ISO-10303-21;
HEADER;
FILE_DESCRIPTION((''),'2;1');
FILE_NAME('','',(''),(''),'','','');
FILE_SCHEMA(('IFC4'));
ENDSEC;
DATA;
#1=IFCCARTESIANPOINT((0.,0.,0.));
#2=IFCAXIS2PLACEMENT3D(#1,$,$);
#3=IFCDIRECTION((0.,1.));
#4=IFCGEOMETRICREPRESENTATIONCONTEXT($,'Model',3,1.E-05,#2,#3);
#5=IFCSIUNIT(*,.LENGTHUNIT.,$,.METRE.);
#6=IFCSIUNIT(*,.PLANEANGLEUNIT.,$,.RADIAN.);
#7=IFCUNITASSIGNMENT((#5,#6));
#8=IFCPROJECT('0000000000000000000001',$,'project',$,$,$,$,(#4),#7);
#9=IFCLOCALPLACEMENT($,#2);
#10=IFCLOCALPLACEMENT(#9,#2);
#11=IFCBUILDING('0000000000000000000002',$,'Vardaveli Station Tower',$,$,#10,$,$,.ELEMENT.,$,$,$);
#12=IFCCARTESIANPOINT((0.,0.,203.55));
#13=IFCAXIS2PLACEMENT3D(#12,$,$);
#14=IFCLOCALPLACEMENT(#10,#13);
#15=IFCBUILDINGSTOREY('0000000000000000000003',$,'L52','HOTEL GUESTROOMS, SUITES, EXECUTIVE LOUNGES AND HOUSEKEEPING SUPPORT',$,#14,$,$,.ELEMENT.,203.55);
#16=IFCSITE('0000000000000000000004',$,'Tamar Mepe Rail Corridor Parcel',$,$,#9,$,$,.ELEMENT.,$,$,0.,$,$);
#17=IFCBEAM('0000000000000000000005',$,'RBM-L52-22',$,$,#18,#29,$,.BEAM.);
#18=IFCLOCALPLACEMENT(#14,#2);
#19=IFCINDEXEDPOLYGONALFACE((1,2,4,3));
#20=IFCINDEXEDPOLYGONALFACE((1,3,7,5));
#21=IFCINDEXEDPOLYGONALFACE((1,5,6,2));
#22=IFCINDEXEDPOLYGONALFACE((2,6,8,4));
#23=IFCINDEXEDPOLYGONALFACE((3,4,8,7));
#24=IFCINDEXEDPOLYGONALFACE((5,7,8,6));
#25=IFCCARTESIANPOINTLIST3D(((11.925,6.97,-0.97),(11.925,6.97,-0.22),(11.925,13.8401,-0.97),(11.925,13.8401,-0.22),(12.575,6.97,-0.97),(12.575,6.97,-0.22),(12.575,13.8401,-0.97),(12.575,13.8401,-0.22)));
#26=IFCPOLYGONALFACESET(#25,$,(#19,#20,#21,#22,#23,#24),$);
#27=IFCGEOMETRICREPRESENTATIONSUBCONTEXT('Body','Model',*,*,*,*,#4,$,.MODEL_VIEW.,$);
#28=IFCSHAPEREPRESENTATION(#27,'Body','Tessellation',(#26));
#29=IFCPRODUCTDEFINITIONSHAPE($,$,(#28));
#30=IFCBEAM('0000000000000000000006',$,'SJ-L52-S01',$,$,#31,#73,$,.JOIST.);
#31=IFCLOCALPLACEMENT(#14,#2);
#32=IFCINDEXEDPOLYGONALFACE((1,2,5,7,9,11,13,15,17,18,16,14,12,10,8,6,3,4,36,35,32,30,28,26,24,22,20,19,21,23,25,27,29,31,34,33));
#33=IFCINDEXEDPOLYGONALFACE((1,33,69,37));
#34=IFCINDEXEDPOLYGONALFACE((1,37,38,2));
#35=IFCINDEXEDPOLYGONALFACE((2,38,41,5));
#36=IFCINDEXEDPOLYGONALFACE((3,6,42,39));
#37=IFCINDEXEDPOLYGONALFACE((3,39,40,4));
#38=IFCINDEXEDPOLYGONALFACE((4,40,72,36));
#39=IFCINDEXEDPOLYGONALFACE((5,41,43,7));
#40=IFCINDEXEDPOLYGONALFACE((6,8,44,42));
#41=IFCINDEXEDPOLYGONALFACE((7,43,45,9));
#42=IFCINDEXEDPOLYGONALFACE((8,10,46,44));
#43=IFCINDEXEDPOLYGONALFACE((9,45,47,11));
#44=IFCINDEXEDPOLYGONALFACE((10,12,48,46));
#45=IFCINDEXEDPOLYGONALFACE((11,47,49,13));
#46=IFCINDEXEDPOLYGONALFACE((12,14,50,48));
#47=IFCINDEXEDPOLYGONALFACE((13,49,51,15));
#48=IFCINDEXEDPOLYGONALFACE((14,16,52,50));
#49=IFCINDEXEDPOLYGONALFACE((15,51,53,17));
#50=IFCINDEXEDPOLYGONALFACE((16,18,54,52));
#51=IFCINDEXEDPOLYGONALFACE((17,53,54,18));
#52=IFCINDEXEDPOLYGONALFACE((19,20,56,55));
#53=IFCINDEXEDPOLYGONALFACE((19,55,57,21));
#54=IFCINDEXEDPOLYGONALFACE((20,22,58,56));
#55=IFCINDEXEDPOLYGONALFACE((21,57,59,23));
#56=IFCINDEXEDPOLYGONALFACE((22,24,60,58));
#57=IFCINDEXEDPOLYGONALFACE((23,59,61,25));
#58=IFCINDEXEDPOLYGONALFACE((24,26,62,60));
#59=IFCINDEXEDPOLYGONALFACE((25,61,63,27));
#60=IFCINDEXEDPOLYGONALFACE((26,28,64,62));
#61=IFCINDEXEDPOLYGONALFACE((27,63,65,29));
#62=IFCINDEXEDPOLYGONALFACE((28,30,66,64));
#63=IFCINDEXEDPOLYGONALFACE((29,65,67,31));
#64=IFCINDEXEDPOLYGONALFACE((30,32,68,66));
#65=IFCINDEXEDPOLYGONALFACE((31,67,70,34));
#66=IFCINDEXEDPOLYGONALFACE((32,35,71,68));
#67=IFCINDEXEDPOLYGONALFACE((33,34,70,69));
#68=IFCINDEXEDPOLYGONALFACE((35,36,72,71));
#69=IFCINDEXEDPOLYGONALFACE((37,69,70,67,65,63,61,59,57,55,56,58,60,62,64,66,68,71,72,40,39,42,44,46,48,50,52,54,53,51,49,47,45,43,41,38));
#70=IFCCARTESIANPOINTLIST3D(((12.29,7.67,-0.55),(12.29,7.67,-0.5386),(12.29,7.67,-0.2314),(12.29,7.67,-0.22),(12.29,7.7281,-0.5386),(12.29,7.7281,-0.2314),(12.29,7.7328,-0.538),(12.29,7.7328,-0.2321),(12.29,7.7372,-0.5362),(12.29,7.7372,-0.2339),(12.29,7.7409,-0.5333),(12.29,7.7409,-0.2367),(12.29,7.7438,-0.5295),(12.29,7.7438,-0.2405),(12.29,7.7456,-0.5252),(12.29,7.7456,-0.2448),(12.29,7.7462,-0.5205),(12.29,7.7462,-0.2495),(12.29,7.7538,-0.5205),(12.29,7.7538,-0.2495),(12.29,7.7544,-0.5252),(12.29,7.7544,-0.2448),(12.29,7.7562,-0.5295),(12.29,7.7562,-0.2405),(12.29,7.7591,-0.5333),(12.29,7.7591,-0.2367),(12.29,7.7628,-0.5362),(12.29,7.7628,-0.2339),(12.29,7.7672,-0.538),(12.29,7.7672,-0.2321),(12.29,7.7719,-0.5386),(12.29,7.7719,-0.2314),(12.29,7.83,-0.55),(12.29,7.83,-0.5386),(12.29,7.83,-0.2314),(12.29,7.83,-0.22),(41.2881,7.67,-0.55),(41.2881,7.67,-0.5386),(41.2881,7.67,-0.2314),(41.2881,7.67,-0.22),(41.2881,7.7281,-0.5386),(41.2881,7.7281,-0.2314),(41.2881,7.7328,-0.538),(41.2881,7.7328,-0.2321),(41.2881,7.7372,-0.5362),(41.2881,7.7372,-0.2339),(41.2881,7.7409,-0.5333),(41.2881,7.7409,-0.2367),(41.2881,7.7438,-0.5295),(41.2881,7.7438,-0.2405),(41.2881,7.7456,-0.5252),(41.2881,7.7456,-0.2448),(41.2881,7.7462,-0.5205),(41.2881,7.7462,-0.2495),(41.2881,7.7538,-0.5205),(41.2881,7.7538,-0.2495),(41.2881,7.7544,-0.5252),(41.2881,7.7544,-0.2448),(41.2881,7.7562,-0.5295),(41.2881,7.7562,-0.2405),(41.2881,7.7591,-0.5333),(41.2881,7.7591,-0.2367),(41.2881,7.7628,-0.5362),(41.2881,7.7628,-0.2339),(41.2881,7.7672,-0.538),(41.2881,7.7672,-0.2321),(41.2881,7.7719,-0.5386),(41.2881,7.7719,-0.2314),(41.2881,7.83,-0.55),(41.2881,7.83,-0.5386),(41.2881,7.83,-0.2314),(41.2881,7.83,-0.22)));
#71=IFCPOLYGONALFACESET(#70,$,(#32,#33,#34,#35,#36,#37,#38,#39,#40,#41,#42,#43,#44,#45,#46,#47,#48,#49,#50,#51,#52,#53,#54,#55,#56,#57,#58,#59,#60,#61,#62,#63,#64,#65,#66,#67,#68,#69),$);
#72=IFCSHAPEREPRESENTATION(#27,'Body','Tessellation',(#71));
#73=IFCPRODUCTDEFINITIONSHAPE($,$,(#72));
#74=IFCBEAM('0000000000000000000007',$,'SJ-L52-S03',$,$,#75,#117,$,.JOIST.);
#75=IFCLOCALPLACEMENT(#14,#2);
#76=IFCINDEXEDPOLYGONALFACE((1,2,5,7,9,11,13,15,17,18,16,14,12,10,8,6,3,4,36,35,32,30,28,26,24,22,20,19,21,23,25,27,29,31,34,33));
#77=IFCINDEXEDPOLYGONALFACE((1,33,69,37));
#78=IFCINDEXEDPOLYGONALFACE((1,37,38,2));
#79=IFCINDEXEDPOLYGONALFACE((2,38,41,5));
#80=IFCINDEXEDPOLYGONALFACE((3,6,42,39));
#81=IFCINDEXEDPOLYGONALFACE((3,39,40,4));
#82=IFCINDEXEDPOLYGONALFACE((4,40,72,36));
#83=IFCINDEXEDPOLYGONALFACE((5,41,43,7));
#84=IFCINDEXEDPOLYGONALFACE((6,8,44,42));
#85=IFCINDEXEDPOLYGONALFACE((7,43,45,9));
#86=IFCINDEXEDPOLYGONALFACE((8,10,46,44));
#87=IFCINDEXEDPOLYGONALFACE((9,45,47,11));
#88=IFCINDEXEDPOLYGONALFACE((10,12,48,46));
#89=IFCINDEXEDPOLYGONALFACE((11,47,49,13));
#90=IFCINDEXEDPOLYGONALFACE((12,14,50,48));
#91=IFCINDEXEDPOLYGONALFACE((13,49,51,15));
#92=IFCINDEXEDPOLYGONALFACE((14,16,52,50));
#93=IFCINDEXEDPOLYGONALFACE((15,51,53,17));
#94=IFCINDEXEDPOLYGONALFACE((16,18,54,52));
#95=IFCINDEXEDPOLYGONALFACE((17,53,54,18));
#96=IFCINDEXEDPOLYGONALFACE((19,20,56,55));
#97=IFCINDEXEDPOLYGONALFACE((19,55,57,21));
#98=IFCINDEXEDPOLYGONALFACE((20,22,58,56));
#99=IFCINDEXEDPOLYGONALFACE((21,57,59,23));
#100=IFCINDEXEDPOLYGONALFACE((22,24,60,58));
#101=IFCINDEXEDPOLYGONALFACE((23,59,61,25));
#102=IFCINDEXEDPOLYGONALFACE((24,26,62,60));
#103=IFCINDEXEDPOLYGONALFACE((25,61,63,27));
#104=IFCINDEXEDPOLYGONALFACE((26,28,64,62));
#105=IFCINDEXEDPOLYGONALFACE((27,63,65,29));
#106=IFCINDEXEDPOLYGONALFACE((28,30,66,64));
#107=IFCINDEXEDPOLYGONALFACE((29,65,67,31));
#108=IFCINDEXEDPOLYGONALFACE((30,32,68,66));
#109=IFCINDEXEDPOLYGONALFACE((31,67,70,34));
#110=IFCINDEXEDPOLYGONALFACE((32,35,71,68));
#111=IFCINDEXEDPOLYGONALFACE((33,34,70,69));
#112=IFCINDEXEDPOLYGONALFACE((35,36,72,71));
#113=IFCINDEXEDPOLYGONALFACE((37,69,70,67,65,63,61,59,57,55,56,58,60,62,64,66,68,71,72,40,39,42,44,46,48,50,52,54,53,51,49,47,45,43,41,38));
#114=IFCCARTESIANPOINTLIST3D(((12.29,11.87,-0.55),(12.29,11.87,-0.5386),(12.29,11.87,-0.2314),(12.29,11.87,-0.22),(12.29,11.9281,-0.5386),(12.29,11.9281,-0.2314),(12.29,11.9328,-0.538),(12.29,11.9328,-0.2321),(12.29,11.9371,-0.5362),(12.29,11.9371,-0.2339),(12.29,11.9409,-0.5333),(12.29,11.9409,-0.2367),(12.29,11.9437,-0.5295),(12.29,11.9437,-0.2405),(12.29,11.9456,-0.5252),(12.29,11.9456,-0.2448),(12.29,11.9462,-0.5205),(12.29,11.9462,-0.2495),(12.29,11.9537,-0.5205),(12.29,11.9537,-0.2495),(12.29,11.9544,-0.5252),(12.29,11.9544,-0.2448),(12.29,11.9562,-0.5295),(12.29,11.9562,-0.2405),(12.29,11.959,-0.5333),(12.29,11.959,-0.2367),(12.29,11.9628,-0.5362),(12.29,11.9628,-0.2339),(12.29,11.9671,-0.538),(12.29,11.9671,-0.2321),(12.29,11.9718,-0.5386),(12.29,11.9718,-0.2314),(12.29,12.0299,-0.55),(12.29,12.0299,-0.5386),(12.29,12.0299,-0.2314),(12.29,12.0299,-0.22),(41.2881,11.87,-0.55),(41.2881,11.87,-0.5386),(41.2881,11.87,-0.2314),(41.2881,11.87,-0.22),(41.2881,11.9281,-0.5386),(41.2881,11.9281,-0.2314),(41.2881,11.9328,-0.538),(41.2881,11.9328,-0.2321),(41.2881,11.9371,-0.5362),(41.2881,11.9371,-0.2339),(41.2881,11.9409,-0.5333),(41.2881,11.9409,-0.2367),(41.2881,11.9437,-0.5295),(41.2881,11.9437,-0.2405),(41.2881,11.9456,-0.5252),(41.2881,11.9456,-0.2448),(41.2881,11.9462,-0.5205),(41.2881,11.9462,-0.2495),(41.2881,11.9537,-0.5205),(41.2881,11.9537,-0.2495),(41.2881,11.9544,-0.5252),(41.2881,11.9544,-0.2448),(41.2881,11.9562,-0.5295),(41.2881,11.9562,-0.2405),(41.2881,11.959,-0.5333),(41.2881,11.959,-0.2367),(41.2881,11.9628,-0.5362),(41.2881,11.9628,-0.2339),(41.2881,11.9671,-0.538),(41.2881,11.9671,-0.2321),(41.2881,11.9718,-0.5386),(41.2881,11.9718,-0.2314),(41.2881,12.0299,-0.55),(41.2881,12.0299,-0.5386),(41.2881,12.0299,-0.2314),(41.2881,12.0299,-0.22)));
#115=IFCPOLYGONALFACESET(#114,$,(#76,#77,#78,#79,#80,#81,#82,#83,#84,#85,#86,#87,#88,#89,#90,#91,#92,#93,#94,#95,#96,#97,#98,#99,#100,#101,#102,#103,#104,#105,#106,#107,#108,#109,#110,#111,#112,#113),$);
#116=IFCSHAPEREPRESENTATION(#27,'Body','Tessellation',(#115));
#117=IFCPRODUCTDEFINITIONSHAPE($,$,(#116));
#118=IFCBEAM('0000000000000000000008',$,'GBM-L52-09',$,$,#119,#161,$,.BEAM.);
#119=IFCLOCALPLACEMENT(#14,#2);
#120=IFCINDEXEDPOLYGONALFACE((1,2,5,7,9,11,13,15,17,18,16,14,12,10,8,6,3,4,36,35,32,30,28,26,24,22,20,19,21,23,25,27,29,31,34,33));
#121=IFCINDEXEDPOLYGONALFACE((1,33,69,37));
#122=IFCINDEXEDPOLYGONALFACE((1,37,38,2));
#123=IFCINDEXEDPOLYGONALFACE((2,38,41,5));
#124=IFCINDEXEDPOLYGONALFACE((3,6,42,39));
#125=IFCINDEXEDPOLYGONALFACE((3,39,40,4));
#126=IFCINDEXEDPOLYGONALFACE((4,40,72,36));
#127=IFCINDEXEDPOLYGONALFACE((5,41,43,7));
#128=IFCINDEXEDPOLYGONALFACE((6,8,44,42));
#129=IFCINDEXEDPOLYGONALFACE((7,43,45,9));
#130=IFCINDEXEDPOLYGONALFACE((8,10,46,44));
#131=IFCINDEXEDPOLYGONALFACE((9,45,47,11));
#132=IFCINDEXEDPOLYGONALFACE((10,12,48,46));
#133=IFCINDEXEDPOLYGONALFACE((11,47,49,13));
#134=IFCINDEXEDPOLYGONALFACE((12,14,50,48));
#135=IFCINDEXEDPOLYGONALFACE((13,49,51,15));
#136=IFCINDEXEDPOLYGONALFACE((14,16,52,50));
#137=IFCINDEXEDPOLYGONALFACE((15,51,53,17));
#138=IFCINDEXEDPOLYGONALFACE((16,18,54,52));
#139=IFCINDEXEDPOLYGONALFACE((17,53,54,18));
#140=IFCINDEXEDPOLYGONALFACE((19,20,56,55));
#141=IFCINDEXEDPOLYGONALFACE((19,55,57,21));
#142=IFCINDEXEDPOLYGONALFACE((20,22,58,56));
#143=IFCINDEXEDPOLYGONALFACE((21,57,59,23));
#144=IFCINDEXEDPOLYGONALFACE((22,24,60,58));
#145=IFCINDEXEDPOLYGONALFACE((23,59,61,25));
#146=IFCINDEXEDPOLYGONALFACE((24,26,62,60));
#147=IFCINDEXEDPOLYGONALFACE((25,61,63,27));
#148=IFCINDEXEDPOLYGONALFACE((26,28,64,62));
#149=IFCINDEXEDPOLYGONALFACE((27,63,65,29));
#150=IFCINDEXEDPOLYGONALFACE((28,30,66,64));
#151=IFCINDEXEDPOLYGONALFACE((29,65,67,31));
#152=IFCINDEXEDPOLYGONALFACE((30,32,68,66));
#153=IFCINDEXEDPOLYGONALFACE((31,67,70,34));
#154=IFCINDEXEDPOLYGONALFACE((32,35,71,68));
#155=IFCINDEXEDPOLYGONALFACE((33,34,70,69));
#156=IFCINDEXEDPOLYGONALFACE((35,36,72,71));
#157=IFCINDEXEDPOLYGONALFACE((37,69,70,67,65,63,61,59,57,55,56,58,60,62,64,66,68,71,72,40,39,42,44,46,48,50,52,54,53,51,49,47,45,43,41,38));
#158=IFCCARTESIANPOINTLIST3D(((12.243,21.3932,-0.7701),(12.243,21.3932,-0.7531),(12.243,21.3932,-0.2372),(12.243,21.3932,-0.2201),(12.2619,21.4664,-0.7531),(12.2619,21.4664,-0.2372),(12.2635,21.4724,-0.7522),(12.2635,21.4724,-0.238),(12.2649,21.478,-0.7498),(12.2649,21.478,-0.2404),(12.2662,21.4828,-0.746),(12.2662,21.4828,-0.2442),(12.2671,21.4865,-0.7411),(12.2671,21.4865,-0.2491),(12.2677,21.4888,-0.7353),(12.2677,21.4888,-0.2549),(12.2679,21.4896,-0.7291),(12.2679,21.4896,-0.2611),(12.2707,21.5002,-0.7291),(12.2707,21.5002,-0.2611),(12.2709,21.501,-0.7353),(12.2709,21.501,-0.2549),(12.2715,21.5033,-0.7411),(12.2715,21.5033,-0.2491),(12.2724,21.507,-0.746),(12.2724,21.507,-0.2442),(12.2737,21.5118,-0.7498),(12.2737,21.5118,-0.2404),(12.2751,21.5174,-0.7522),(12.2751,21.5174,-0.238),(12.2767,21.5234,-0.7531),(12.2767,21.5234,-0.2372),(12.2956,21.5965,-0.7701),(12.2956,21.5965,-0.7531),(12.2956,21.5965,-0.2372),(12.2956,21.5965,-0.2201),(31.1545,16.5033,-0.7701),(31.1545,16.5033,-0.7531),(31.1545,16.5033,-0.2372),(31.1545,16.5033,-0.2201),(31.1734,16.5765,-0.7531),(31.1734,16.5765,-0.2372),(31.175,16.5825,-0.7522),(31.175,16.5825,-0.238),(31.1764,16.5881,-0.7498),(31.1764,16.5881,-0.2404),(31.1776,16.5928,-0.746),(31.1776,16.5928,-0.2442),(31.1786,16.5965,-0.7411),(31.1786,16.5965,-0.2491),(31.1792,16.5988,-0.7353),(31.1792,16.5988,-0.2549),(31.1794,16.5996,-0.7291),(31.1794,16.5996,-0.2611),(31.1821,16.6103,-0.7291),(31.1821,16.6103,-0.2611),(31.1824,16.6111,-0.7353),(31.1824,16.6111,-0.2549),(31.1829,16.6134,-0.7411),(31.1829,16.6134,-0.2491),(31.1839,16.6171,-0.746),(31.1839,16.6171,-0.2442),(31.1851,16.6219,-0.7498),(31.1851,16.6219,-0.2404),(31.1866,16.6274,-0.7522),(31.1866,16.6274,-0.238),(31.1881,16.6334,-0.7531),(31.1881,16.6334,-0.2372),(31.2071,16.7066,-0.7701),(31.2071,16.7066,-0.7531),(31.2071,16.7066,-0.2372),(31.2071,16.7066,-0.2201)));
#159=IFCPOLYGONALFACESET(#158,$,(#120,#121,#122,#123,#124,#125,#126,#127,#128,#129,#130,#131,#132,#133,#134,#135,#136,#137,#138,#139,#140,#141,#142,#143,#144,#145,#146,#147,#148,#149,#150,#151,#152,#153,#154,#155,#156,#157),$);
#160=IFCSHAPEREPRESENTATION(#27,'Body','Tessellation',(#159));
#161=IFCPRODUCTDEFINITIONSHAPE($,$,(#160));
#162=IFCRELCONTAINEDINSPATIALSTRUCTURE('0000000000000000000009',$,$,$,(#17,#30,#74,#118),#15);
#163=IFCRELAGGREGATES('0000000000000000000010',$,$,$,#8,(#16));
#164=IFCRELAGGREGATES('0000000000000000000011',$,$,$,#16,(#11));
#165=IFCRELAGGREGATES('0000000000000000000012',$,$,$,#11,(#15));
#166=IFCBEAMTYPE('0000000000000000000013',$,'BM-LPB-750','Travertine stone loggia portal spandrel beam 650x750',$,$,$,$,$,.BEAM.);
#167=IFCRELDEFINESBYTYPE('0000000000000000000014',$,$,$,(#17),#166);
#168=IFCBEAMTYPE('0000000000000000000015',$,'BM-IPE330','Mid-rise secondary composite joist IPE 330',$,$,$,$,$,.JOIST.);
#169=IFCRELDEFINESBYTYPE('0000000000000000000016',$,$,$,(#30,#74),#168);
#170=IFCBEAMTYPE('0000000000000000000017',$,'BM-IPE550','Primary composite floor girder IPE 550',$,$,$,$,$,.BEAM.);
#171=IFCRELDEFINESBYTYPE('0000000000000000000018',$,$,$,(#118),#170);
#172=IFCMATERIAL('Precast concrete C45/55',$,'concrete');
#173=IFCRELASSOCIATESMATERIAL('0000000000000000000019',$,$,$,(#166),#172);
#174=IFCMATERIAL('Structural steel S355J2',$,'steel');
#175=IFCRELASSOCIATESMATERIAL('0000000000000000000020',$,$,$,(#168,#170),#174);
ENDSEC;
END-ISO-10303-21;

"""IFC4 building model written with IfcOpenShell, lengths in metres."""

from ifc_helpers import new_model, si_unit, direction, frame, origin, origin_2d, place, context, subcontext, project, spatial, rectangle, i_section, extrude, source, transform, mapped, material, material_profile, profile_set, type_object, element, save


model = new_model("IFC4")

# Units and contexts
model_context = context("Model", 3, precision=1e-05, world=origin(), true_north=direction((0.0, 1.0)))
body_context = subcontext(model_context, "Body", "Model", "MODEL_VIEW")
ifc_project = project(units=[si_unit("LENGTHUNIT", "METRE"), si_unit("PLANEANGLEUNIT", "RADIAN")], contexts=[model_context])

# Site, building, storey
site_placement = place(None, origin())
site = spatial("IfcSite", under=ifc_project, at=site_placement, Name="Tamar Mepe Rail Corridor Parcel", CompositionType="ELEMENT", RefElevation=0.0)
building_placement = place(site_placement, origin())
building = spatial("IfcBuilding", under=site, at=building_placement, Name="Vardaveli Station Tower", CompositionType="ELEMENT")
storey_placement = place(building_placement, frame((0.0, 0.0, 203.55)))
storey = spatial("IfcBuildingStorey", under=building, at=storey_placement, Name="L52", Description="HOTEL GUESTROOMS, SUITES, EXECUTIVE LOUNGES AND HOUSEKEEPING SUPPORT", CompositionType="ELEMENT", Elevation=203.55)

# Beams
ifc_material_1 = material(Name="Precast concrete C45/55", Category="concrete")
ifc_material_profile_1 = material_profile(ifc_material_1, rectangle(XDim=0.6499, YDim=0.75, at=origin_2d()), Name="LPB 650x750")
ifc_profile_set_1 = profile_set([ifc_material_profile_1], Name="Precast concrete C45/55")
beam_type_1 = type_object("IfcBeamType", Name="BM-LPB-750", Description="Travertine stone loggia portal spandrel beam 650x750", PredefinedType="BEAM", material=ifc_profile_set_1)
shared_shape_1 = source(origin(), body_context, "Body", "SweptSolid", [
    extrude(rectangle(XDim=0.6499, YDim=0.75, at=origin_2d()), origin(), (0.0, 0.0, 1.0), 6.8701),
])
beam_1_placement = place(storey_placement, frame((12.25, 13.8401, -0.595), z_axis=(0.0, -1.0, 0.0), x_axis=(1.0, 0.0, 0.0)))
element("IfcBeam", 1, at=beam_1_placement, inside=storey, type_object=beam_type_1, Name="RBM-L52-22", PredefinedType="BEAM", context=body_context, shape_type="MappedRepresentation", body=[
    mapped(shared_shape_1, transform((0.0, 0.0, 0.0), scale=1.0)),
])
ifc_material_2 = material(Name="Structural steel S355J2", Category="steel")
ifc_material_profile_2 = material_profile(ifc_material_2, i_section(OverallWidth=0.1599, OverallDepth=0.3301, WebThickness=0.0076, FlangeThickness=0.0115, FilletRadius=0.0181, at=origin_2d()), Name="IPE 330")
ifc_profile_set_2 = profile_set([ifc_material_profile_2], Name="Structural steel S355J2")
beam_type_2 = type_object("IfcBeamType", Name="BM-IPE330", Description="Mid-rise secondary composite joist IPE 330", PredefinedType="JOIST", material=ifc_profile_set_2)
shared_shape_2 = source(origin(), body_context, "Body", "SweptSolid", [
    extrude(i_section(OverallWidth=0.1599, OverallDepth=0.3301, WebThickness=0.0076, FlangeThickness=0.0115, FilletRadius=0.0181, at=origin_2d()), origin(), (0.0, 0.0, 1.0), 28.998),
])
for number, where, z_axis, x_axis, name in (
    (2, (12.29, 7.75, -0.385), (1.0, 0.0, 0.0), (0.0, 1.0, 0.0), "SJ-L52-S01"),
    (3, (12.29, 11.95, -0.385), (1.0, 0.0, 0.0), (0.0, 1.0, 0.0), "SJ-L52-S03"),
):
    element("IfcBeam", number, at=place(storey_placement, frame(where, z_axis=z_axis, x_axis=x_axis)), inside=storey, type_object=beam_type_2, Name=name, PredefinedType="JOIST", context=body_context, shape_type="MappedRepresentation", body=[
        mapped(shared_shape_2, transform((0.0, 0.0, 0.0), scale=1.0)),
    ])
ifc_material_profile_3 = material_profile(ifc_material_2, i_section(OverallWidth=0.21, OverallDepth=0.55, WebThickness=0.011, FlangeThickness=0.0171, FilletRadius=0.0239, at=origin_2d()), Name="IPE 550")
ifc_profile_set_3 = profile_set([ifc_material_profile_3], Name="Structural steel S355J2")
beam_type_3 = type_object("IfcBeamType", Name="BM-IPE550", Description="Primary composite floor girder IPE 550", PredefinedType="BEAM", material=ifc_profile_set_3)
shared_shape_3 = source(origin(), body_context, "Body", "SweptSolid", [
    extrude(i_section(OverallWidth=0.21, OverallDepth=0.55, WebThickness=0.011, FlangeThickness=0.0171, FilletRadius=0.0239, at=origin_2d()), origin(), (0.0, 0.0, 1.0), 19.5334),
])
beam_2_placement = place(storey_placement, frame((12.2693, 21.4949, -0.4951), z_axis=(0.968159, -0.250336, 0.0), x_axis=(0.250336, 0.968159, 0.0)))
element("IfcBeam", 4, at=beam_2_placement, inside=storey, type_object=beam_type_3, Name="GBM-L52-09", PredefinedType="BEAM", context=body_context, shape_type="MappedRepresentation", body=[
    mapped(shared_shape_3, transform((0.0, 0.0, 0.0), scale=1.0)),
])

save(model, "model.ifc")
